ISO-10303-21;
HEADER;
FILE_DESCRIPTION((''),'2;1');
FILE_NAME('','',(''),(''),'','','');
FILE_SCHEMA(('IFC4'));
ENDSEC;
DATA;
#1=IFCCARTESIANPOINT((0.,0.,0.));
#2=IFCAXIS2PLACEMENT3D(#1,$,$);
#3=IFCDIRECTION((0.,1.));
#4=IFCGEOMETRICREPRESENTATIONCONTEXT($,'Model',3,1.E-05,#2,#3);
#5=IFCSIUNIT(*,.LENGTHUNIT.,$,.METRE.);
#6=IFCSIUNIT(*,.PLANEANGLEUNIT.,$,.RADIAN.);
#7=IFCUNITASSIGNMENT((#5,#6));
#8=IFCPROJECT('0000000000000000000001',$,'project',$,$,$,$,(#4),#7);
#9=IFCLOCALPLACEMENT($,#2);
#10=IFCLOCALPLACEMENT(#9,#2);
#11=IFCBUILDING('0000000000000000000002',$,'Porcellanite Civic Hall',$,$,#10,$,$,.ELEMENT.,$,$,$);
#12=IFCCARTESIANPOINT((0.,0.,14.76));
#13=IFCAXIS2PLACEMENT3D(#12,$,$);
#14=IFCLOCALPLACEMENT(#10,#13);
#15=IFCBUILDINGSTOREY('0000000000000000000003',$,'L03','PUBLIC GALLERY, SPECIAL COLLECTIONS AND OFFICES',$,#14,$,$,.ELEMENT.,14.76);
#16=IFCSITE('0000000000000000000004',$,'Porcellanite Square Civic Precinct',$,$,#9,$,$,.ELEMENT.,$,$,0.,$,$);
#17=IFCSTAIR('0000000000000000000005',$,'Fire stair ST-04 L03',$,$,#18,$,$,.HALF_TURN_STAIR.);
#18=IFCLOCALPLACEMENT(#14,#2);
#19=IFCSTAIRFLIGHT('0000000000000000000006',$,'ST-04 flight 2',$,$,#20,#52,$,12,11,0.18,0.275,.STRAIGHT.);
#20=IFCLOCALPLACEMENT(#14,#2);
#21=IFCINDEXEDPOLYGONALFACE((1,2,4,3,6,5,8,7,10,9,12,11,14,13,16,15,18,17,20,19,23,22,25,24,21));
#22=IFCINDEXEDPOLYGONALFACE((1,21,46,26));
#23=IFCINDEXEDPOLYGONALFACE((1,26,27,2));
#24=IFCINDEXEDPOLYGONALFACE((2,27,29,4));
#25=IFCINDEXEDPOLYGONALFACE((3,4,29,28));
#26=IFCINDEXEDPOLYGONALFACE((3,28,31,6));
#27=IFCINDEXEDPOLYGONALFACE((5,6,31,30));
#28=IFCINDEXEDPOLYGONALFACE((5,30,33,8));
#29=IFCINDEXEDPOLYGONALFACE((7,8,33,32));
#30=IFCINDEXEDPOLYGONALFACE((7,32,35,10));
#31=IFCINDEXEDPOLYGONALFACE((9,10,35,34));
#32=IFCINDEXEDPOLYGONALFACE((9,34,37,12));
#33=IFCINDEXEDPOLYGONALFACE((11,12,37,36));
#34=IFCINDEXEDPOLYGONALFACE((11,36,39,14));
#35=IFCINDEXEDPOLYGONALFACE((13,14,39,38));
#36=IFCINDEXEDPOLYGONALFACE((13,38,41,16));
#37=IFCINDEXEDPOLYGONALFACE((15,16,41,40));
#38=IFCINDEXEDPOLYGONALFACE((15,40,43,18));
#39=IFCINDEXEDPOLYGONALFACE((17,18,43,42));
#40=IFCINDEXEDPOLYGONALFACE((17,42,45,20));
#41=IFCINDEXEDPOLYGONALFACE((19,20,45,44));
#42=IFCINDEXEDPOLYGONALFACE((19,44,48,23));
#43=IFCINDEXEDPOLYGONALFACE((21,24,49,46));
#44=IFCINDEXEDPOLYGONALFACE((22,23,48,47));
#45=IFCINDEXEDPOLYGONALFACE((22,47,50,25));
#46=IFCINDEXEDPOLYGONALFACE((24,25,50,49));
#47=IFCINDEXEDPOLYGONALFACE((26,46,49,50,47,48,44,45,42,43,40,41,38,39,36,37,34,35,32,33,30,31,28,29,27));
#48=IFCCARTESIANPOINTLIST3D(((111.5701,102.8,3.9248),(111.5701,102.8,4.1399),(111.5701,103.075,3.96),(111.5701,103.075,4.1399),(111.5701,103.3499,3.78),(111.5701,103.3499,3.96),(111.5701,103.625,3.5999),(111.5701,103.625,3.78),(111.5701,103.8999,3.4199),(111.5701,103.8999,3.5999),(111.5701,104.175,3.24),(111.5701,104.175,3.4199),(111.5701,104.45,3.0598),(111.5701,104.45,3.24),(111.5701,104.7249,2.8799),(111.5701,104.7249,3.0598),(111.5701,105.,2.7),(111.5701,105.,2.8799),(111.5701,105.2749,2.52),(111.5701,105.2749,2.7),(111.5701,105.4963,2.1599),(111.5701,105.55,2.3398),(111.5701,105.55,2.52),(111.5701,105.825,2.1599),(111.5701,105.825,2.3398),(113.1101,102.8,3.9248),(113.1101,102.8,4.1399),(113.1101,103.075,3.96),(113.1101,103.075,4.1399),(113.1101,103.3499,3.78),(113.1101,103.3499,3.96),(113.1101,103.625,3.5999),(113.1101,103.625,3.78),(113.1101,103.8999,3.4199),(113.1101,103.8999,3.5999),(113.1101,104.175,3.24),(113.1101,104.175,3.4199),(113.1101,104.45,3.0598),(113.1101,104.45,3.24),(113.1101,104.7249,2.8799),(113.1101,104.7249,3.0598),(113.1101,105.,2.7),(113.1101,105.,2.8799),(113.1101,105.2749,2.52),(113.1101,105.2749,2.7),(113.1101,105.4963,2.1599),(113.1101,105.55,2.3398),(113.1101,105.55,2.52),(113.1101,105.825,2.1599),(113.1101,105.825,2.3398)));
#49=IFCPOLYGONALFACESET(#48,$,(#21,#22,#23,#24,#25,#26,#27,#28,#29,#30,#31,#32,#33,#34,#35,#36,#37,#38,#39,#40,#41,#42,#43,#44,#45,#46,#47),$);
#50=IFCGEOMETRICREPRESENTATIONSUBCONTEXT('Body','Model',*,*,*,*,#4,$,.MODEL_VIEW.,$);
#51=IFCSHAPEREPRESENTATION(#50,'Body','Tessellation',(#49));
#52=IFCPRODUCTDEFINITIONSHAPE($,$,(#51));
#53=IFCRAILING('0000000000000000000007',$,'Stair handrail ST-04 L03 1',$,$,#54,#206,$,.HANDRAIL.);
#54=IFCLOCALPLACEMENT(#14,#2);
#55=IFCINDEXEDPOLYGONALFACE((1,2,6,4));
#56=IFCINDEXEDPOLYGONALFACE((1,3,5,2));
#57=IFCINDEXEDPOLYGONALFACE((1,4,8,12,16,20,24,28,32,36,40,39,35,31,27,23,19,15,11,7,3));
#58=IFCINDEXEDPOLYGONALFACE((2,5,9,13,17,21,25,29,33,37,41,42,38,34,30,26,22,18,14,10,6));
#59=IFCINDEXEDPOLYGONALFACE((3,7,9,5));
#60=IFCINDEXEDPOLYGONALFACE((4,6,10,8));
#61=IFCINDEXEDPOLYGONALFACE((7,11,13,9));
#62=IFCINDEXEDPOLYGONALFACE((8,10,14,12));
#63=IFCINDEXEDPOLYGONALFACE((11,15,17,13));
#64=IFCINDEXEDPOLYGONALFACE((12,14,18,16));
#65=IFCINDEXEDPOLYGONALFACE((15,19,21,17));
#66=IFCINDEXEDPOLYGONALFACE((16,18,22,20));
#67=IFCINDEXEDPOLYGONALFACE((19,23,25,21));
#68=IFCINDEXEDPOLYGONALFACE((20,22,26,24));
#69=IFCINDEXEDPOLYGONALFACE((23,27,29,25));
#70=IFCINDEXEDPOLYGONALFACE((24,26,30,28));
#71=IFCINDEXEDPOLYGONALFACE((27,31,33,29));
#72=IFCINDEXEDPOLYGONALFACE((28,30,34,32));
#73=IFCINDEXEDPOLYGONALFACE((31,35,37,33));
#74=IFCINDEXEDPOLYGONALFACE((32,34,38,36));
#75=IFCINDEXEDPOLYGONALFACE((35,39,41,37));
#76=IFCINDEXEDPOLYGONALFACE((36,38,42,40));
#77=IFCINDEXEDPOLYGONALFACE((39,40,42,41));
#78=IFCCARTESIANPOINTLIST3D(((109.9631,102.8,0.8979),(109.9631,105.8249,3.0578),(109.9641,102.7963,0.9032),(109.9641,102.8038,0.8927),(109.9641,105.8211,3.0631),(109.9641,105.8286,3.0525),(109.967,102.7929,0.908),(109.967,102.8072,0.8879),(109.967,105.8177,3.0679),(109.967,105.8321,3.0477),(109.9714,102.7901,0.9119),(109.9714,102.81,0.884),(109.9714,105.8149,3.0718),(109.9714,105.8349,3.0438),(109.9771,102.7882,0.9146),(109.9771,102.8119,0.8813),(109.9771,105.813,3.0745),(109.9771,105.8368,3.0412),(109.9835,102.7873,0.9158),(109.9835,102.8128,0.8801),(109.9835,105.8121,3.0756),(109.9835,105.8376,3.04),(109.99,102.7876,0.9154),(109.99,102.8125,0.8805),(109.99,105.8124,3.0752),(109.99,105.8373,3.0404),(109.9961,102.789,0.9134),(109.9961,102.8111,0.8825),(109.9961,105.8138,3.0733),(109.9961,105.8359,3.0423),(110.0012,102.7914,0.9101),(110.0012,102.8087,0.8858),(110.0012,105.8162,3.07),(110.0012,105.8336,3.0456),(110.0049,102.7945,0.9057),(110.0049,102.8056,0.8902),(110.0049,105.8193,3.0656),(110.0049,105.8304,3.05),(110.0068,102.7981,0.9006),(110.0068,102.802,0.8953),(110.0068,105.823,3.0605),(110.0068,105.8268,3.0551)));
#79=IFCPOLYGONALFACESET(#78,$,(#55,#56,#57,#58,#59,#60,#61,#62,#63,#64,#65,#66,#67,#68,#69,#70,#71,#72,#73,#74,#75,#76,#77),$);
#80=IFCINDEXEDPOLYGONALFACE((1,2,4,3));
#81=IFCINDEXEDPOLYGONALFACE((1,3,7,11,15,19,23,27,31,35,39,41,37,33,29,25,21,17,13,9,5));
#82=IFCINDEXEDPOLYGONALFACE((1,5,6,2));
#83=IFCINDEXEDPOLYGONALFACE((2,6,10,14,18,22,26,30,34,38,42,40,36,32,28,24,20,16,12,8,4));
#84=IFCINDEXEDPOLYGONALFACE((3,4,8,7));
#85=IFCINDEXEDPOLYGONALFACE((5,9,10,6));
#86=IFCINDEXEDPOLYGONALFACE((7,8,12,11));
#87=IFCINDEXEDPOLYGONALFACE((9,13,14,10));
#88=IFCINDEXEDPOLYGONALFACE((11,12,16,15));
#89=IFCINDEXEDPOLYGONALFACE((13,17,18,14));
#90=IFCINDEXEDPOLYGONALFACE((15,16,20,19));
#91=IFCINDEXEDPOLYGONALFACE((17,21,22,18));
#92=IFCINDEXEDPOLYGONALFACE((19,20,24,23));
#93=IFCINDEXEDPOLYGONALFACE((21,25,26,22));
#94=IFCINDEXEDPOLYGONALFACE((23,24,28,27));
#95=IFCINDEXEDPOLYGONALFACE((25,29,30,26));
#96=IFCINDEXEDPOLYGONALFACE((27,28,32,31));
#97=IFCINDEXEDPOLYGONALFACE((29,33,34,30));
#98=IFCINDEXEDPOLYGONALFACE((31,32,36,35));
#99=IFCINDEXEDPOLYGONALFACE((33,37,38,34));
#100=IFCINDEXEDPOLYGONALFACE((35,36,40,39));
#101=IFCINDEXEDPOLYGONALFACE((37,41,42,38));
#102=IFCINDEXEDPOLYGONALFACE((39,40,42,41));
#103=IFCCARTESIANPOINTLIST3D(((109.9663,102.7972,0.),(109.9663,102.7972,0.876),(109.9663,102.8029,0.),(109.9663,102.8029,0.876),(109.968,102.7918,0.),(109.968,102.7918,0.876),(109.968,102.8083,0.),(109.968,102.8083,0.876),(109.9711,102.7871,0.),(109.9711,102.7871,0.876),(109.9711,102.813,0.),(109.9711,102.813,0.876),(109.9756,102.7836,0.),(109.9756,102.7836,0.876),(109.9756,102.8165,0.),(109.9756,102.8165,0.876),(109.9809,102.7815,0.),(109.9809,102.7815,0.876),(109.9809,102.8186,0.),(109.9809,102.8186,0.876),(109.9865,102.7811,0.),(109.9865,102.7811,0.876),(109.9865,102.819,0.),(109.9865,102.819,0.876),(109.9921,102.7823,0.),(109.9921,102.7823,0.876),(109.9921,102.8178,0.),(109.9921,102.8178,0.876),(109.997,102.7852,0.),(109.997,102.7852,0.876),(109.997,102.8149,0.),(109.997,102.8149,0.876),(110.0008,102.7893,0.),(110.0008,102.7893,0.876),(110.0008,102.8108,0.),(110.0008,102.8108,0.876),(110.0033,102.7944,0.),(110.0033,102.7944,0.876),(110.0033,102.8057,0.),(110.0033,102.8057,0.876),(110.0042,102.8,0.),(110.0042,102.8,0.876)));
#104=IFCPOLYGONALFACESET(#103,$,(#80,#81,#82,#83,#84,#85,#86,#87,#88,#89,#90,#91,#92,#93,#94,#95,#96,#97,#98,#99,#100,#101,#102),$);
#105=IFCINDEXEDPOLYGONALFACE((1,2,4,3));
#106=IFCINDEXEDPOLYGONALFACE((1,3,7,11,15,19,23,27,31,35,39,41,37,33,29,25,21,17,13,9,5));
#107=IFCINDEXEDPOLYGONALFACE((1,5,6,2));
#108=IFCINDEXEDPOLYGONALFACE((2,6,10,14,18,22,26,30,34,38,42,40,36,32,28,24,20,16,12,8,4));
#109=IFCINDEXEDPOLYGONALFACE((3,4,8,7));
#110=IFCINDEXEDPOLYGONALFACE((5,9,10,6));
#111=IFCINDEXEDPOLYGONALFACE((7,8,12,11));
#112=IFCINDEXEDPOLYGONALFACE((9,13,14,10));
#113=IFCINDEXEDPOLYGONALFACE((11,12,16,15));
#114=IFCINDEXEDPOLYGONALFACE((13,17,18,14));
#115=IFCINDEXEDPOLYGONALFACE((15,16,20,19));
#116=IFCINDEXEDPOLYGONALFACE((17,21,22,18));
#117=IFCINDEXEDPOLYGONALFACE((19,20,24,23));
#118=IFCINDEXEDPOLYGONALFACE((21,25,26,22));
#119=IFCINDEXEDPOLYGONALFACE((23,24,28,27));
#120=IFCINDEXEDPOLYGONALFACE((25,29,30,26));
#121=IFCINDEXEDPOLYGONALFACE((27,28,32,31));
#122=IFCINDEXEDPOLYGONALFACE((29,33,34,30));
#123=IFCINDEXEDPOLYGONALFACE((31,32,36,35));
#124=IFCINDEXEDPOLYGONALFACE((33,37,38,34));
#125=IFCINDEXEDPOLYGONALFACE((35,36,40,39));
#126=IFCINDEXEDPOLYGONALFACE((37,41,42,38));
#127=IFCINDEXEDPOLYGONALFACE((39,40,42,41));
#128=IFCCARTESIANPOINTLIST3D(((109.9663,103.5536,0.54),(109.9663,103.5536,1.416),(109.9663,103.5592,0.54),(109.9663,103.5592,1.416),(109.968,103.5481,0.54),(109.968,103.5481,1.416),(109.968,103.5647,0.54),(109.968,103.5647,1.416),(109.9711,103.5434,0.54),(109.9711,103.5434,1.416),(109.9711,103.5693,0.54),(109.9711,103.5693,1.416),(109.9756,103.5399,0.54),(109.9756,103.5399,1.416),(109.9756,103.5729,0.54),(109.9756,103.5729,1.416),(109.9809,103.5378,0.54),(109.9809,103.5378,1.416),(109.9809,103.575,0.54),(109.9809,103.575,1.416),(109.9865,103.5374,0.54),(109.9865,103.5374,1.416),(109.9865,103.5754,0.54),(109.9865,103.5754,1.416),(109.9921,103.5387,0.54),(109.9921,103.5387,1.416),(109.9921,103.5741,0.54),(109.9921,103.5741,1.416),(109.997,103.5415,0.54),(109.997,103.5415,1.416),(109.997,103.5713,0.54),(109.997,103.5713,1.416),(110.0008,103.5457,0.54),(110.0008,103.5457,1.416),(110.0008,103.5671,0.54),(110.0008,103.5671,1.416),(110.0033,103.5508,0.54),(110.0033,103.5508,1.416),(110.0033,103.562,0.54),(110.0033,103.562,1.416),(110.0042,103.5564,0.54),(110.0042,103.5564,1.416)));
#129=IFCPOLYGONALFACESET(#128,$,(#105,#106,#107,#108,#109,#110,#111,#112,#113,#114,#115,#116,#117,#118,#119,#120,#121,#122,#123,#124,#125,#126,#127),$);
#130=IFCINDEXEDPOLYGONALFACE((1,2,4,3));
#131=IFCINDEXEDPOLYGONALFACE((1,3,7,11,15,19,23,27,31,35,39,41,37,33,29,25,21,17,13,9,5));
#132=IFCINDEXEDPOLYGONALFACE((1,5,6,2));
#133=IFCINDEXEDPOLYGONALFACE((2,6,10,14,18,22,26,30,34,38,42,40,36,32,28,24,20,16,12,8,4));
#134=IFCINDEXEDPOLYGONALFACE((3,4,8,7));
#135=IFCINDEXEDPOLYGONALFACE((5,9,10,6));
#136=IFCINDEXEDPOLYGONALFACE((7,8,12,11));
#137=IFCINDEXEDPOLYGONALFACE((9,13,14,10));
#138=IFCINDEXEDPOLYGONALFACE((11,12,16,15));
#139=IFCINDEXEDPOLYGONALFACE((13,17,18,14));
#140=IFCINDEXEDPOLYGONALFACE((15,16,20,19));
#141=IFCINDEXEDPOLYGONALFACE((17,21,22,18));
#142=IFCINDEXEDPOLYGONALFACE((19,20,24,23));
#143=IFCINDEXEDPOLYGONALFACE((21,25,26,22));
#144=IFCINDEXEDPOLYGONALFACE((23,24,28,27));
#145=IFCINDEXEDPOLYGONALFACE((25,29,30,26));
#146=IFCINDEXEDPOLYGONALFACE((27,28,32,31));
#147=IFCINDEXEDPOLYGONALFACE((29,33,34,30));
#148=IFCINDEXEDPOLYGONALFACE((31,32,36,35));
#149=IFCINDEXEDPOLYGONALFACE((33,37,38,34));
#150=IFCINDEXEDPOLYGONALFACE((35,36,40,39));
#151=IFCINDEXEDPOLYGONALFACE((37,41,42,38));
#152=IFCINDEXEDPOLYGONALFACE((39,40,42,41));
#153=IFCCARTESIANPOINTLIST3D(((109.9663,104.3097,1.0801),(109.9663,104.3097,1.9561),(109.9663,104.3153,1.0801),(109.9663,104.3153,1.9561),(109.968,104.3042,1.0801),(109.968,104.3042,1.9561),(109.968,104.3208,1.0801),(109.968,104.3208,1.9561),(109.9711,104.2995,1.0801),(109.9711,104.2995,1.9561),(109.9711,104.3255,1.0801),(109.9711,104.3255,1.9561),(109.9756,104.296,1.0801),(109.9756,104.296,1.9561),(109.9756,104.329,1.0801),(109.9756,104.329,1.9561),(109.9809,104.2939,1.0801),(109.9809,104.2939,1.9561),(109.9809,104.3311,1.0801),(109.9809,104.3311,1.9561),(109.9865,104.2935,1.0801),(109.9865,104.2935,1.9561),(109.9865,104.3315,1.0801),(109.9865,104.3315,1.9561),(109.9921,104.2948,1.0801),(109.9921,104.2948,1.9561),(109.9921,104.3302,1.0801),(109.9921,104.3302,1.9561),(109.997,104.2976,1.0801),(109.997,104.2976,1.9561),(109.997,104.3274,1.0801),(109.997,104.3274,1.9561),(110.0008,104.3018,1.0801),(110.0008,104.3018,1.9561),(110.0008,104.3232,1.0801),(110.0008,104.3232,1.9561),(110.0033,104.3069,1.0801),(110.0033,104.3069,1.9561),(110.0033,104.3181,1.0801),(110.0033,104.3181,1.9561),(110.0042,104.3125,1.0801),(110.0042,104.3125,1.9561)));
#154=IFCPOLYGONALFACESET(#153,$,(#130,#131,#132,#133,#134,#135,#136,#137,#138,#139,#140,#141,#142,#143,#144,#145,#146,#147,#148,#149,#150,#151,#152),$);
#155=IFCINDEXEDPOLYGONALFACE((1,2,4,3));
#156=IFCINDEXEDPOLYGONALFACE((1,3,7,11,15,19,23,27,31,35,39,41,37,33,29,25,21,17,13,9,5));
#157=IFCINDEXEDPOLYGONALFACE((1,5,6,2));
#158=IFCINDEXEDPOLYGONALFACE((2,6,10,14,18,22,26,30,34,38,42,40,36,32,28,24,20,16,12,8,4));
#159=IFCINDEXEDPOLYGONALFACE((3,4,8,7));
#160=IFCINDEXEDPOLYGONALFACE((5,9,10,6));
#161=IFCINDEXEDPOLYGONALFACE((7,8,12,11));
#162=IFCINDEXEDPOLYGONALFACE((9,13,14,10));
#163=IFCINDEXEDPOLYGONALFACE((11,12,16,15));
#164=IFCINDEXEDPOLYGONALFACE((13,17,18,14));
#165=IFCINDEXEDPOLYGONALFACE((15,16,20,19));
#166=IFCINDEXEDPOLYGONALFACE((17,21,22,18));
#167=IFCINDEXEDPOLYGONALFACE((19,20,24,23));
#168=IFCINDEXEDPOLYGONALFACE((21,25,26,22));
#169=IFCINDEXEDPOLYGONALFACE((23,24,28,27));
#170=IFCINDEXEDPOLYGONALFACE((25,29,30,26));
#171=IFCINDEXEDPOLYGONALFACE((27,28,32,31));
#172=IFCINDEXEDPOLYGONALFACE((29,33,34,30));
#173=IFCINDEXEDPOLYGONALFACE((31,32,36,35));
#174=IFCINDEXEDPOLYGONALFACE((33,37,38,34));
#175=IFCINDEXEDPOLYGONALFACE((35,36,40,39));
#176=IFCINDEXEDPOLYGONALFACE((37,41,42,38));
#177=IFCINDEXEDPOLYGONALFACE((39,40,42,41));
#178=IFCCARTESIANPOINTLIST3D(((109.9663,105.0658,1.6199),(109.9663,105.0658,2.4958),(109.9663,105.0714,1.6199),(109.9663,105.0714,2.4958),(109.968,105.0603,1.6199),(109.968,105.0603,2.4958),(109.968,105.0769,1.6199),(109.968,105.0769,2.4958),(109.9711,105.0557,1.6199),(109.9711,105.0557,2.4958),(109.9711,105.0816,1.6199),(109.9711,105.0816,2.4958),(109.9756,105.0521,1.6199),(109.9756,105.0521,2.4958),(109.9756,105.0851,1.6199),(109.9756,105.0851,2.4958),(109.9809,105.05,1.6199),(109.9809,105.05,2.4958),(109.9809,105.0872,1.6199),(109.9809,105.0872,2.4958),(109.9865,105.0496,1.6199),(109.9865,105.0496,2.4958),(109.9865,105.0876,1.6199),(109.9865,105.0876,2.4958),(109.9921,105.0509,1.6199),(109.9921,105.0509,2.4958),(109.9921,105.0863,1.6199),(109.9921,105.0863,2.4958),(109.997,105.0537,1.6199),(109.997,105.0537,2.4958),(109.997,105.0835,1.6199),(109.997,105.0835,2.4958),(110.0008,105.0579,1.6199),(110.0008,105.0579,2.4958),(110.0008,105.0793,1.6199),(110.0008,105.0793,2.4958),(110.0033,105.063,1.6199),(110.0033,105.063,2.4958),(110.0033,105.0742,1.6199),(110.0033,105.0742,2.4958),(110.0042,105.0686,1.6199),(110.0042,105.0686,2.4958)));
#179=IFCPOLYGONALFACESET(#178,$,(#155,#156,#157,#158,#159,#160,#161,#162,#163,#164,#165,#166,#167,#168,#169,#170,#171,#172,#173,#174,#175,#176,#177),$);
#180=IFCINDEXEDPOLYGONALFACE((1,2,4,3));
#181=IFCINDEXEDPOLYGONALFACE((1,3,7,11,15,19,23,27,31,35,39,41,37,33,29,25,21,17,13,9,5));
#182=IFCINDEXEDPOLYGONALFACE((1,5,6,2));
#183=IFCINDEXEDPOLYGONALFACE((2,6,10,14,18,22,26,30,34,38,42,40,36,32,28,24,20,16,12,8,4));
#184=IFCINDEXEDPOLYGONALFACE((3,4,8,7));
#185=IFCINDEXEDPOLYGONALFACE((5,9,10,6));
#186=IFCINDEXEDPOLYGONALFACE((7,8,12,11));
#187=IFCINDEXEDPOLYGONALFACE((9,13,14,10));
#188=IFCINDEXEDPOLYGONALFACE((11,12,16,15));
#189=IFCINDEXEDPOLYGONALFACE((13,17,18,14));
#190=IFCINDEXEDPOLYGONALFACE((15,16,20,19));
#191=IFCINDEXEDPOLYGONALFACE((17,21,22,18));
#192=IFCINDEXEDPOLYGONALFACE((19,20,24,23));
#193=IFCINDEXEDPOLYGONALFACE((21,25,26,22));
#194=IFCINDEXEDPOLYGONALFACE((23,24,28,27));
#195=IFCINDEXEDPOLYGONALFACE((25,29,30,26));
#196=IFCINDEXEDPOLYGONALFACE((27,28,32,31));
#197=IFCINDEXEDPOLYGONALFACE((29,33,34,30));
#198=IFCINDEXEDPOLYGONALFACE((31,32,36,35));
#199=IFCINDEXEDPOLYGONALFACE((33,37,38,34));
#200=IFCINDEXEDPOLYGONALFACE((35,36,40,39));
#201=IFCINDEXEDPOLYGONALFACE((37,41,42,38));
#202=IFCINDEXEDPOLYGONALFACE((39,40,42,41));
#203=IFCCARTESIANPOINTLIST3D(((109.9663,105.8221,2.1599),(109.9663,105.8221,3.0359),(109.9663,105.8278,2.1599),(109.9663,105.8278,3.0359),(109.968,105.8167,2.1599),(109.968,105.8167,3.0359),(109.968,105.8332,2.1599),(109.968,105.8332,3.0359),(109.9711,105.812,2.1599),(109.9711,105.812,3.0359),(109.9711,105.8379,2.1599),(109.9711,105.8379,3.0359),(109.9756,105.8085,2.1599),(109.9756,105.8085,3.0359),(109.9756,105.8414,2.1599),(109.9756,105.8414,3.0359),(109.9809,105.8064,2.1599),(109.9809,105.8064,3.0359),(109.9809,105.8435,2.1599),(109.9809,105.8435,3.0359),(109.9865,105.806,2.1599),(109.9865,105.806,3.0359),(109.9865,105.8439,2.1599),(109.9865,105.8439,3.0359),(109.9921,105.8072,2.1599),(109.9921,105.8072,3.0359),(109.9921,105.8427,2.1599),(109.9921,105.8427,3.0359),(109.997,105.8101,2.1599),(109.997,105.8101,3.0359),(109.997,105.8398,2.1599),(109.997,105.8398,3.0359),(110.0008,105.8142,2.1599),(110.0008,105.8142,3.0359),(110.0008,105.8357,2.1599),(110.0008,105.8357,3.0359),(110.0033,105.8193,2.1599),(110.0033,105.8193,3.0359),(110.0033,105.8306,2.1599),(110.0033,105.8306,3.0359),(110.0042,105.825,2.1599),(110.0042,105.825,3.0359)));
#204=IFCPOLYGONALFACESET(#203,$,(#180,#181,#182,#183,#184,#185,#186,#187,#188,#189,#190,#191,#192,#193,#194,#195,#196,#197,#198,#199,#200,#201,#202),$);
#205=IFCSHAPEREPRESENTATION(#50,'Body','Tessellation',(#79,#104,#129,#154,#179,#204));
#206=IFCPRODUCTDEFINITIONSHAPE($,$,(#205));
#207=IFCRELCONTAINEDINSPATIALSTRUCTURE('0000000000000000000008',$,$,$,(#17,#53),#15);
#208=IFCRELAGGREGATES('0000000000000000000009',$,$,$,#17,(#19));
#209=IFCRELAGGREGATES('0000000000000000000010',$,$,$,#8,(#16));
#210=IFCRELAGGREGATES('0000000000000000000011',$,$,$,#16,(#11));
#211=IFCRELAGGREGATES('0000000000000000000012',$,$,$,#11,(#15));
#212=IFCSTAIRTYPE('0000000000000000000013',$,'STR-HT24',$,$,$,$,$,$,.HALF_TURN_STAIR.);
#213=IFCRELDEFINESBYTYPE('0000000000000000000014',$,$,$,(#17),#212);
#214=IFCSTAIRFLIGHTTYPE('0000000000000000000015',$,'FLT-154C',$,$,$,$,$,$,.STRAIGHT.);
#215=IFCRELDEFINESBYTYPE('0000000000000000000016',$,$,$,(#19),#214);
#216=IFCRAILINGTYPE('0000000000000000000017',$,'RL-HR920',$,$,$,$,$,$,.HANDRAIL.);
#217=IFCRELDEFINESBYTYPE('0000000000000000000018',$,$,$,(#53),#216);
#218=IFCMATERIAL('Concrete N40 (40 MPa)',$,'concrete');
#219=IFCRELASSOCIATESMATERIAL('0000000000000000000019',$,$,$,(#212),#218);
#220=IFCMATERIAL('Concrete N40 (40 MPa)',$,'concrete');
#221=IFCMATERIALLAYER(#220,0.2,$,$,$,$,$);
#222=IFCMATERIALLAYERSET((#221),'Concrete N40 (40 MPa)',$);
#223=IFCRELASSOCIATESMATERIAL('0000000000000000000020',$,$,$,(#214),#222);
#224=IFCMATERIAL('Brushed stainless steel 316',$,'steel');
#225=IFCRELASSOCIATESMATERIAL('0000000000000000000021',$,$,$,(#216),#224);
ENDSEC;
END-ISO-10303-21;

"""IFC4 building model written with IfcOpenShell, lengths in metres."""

from ifc_helpers import new_model, si_unit, direction, frame, origin, origin_2d, place, context, subcontext, project, spatial, polyline, circle, outline, extrude, material, layer, layer_set, type_object, element, aggregate, save


model = new_model("IFC4")

# Units and contexts
model_context = context("Model", 3, precision=1e-05, world=origin(), true_north=direction((0.0, 1.0)))
body_context = subcontext(model_context, "Body", "Model", "MODEL_VIEW")
ifc_project = project(units=[si_unit("LENGTHUNIT", "METRE"), si_unit("PLANEANGLEUNIT", "RADIAN")], contexts=[model_context])

# Site, building, storey
site_placement = place(None, origin())
site = spatial("IfcSite", under=ifc_project, at=site_placement, Name="Porcellanite Square Civic Precinct", CompositionType="ELEMENT", RefElevation=0.0)
building_placement = place(site_placement, origin())
building = spatial("IfcBuilding", under=site, at=building_placement, Name="Porcellanite Civic Hall", CompositionType="ELEMENT")
storey_placement = place(building_placement, frame((0.0, 0.0, 14.76)))
storey = spatial("IfcBuildingStorey", under=building, at=storey_placement, Name="L03", Description="PUBLIC GALLERY, SPECIAL COLLECTIONS AND OFFICES", CompositionType="ELEMENT", Elevation=14.76)

# Stair, stair flight
ifc_material_1 = material(Name="Concrete N40 (40 MPa)", Category="concrete")
stair_type = type_object("IfcStairType", Name="STR-HT24", PredefinedType="HALF_TURN_STAIR", material=ifc_material_1)
stair_placement = place(storey_placement, origin())
stair = element("IfcStair", 1, at=stair_placement, inside=storey, type_object=stair_type, Name="Fire stair ST-04 L03", PredefinedType="HALF_TURN_STAIR")
ifc_material_2 = material(Name="Concrete N40 (40 MPa)", Category="concrete")
ifc_layer_1 = layer(ifc_material_2, 0.2)
ifc_layer_set_1 = layer_set([ifc_layer_1], Name="Concrete N40 (40 MPa)")
stair_flight_type = type_object("IfcStairFlightType", Name="FLT-154C", PredefinedType="STRAIGHT", material=ifc_layer_set_1)
stair_flight_1_placement = place(storey_placement, frame((112.3401, 105.825, 2.1599), z_axis=(0.0, 0.0, 1.0), x_axis=(0.0, -1.0, 0.0)))
stair_flight_1 = element("IfcStairFlight", 2, at=stair_flight_1_placement, type_object=stair_flight_type, Name="ST-04 flight 2", NumberOfRisers=12, NumberOfTreads=11, PredefinedType="STRAIGHT", RiserHeight=0.18, TreadLength=0.275, context=body_context, shape_type="SweptSolid", body=[
    extrude(outline(polyline([(0.0, 0.0), (0.0, 0.1799), (0.2749, 0.1799), (0.2749, 0.3601), (0.55, 0.3601), (0.55, 0.54), (0.825, 0.54), (0.825, 0.72), (1.1001, 0.72), (1.1001, 0.8999), (1.375, 0.8999), (1.375, 1.0801), (1.6499, 1.0801), (1.6499, 1.26), (1.925, 1.26), (1.925, 1.4399), (2.2, 1.4399), (2.2, 1.6201), (2.4751, 1.6201), (2.4751, 1.8), (2.75, 1.8), (2.75, 1.98), (3.0249, 1.98), (3.0249, 2.1599), (3.0249, 1.7649), (0.3286, 0.0), (0.0, 0.0)])), frame((0.0, 0.77, 0.0), z_axis=(0.0, -1.0, 0.0), x_axis=(1.0, 0.0, 0.0)), (0.0, 0.0, 1.0), 1.54),
])
aggregate(stair, [stair_flight_1])

# Railing
ifc_material_3 = material(Name="Brushed stainless steel 316", Category="steel")
railing_type_1 = type_object("IfcRailingType", Name="RL-HR920", PredefinedType="HANDRAIL", material=ifc_material_3)
railing_1_placement = place(storey_placement, frame((109.9851, 102.8, 0.0)))
element("IfcRailing", 3, at=railing_1_placement, inside=storey, type_object=railing_type_1, Name="Stair handrail ST-04 L03 1", PredefinedType="HANDRAIL", context=body_context, shape_type="SweptSolid", body=[
    extrude(circle(Radius=0.022, at=origin_2d()), frame((0.0, 0.0, 0.8979), z_axis=(0.0, 0.813827, 0.581108), x_axis=(-1.0, 0.0, 0.0)), (0.0, 0.0, 1.0), 3.7168),
    extrude(circle(Radius=0.019, at=origin_2d()), origin(), (0.0, 0.0, 1.0), 0.876),
    extrude(circle(Radius=0.019, at=origin_2d()), frame((0.0, 0.7563, 0.54)), (0.0, 0.0, 1.0), 0.876),
    extrude(circle(Radius=0.019, at=origin_2d()), frame((0.0, 1.5125, 1.0801)), (0.0, 0.0, 1.0), 0.876),
    extrude(circle(Radius=0.019, at=origin_2d()), frame((0.0, 2.2686, 1.6199)), (0.0, 0.0, 1.0), 0.876),
    extrude(circle(Radius=0.019, at=origin_2d()), frame((0.0, 3.0249, 2.1599)), (0.0, 0.0, 1.0), 0.876),
])

save(model, "model.ifc")
